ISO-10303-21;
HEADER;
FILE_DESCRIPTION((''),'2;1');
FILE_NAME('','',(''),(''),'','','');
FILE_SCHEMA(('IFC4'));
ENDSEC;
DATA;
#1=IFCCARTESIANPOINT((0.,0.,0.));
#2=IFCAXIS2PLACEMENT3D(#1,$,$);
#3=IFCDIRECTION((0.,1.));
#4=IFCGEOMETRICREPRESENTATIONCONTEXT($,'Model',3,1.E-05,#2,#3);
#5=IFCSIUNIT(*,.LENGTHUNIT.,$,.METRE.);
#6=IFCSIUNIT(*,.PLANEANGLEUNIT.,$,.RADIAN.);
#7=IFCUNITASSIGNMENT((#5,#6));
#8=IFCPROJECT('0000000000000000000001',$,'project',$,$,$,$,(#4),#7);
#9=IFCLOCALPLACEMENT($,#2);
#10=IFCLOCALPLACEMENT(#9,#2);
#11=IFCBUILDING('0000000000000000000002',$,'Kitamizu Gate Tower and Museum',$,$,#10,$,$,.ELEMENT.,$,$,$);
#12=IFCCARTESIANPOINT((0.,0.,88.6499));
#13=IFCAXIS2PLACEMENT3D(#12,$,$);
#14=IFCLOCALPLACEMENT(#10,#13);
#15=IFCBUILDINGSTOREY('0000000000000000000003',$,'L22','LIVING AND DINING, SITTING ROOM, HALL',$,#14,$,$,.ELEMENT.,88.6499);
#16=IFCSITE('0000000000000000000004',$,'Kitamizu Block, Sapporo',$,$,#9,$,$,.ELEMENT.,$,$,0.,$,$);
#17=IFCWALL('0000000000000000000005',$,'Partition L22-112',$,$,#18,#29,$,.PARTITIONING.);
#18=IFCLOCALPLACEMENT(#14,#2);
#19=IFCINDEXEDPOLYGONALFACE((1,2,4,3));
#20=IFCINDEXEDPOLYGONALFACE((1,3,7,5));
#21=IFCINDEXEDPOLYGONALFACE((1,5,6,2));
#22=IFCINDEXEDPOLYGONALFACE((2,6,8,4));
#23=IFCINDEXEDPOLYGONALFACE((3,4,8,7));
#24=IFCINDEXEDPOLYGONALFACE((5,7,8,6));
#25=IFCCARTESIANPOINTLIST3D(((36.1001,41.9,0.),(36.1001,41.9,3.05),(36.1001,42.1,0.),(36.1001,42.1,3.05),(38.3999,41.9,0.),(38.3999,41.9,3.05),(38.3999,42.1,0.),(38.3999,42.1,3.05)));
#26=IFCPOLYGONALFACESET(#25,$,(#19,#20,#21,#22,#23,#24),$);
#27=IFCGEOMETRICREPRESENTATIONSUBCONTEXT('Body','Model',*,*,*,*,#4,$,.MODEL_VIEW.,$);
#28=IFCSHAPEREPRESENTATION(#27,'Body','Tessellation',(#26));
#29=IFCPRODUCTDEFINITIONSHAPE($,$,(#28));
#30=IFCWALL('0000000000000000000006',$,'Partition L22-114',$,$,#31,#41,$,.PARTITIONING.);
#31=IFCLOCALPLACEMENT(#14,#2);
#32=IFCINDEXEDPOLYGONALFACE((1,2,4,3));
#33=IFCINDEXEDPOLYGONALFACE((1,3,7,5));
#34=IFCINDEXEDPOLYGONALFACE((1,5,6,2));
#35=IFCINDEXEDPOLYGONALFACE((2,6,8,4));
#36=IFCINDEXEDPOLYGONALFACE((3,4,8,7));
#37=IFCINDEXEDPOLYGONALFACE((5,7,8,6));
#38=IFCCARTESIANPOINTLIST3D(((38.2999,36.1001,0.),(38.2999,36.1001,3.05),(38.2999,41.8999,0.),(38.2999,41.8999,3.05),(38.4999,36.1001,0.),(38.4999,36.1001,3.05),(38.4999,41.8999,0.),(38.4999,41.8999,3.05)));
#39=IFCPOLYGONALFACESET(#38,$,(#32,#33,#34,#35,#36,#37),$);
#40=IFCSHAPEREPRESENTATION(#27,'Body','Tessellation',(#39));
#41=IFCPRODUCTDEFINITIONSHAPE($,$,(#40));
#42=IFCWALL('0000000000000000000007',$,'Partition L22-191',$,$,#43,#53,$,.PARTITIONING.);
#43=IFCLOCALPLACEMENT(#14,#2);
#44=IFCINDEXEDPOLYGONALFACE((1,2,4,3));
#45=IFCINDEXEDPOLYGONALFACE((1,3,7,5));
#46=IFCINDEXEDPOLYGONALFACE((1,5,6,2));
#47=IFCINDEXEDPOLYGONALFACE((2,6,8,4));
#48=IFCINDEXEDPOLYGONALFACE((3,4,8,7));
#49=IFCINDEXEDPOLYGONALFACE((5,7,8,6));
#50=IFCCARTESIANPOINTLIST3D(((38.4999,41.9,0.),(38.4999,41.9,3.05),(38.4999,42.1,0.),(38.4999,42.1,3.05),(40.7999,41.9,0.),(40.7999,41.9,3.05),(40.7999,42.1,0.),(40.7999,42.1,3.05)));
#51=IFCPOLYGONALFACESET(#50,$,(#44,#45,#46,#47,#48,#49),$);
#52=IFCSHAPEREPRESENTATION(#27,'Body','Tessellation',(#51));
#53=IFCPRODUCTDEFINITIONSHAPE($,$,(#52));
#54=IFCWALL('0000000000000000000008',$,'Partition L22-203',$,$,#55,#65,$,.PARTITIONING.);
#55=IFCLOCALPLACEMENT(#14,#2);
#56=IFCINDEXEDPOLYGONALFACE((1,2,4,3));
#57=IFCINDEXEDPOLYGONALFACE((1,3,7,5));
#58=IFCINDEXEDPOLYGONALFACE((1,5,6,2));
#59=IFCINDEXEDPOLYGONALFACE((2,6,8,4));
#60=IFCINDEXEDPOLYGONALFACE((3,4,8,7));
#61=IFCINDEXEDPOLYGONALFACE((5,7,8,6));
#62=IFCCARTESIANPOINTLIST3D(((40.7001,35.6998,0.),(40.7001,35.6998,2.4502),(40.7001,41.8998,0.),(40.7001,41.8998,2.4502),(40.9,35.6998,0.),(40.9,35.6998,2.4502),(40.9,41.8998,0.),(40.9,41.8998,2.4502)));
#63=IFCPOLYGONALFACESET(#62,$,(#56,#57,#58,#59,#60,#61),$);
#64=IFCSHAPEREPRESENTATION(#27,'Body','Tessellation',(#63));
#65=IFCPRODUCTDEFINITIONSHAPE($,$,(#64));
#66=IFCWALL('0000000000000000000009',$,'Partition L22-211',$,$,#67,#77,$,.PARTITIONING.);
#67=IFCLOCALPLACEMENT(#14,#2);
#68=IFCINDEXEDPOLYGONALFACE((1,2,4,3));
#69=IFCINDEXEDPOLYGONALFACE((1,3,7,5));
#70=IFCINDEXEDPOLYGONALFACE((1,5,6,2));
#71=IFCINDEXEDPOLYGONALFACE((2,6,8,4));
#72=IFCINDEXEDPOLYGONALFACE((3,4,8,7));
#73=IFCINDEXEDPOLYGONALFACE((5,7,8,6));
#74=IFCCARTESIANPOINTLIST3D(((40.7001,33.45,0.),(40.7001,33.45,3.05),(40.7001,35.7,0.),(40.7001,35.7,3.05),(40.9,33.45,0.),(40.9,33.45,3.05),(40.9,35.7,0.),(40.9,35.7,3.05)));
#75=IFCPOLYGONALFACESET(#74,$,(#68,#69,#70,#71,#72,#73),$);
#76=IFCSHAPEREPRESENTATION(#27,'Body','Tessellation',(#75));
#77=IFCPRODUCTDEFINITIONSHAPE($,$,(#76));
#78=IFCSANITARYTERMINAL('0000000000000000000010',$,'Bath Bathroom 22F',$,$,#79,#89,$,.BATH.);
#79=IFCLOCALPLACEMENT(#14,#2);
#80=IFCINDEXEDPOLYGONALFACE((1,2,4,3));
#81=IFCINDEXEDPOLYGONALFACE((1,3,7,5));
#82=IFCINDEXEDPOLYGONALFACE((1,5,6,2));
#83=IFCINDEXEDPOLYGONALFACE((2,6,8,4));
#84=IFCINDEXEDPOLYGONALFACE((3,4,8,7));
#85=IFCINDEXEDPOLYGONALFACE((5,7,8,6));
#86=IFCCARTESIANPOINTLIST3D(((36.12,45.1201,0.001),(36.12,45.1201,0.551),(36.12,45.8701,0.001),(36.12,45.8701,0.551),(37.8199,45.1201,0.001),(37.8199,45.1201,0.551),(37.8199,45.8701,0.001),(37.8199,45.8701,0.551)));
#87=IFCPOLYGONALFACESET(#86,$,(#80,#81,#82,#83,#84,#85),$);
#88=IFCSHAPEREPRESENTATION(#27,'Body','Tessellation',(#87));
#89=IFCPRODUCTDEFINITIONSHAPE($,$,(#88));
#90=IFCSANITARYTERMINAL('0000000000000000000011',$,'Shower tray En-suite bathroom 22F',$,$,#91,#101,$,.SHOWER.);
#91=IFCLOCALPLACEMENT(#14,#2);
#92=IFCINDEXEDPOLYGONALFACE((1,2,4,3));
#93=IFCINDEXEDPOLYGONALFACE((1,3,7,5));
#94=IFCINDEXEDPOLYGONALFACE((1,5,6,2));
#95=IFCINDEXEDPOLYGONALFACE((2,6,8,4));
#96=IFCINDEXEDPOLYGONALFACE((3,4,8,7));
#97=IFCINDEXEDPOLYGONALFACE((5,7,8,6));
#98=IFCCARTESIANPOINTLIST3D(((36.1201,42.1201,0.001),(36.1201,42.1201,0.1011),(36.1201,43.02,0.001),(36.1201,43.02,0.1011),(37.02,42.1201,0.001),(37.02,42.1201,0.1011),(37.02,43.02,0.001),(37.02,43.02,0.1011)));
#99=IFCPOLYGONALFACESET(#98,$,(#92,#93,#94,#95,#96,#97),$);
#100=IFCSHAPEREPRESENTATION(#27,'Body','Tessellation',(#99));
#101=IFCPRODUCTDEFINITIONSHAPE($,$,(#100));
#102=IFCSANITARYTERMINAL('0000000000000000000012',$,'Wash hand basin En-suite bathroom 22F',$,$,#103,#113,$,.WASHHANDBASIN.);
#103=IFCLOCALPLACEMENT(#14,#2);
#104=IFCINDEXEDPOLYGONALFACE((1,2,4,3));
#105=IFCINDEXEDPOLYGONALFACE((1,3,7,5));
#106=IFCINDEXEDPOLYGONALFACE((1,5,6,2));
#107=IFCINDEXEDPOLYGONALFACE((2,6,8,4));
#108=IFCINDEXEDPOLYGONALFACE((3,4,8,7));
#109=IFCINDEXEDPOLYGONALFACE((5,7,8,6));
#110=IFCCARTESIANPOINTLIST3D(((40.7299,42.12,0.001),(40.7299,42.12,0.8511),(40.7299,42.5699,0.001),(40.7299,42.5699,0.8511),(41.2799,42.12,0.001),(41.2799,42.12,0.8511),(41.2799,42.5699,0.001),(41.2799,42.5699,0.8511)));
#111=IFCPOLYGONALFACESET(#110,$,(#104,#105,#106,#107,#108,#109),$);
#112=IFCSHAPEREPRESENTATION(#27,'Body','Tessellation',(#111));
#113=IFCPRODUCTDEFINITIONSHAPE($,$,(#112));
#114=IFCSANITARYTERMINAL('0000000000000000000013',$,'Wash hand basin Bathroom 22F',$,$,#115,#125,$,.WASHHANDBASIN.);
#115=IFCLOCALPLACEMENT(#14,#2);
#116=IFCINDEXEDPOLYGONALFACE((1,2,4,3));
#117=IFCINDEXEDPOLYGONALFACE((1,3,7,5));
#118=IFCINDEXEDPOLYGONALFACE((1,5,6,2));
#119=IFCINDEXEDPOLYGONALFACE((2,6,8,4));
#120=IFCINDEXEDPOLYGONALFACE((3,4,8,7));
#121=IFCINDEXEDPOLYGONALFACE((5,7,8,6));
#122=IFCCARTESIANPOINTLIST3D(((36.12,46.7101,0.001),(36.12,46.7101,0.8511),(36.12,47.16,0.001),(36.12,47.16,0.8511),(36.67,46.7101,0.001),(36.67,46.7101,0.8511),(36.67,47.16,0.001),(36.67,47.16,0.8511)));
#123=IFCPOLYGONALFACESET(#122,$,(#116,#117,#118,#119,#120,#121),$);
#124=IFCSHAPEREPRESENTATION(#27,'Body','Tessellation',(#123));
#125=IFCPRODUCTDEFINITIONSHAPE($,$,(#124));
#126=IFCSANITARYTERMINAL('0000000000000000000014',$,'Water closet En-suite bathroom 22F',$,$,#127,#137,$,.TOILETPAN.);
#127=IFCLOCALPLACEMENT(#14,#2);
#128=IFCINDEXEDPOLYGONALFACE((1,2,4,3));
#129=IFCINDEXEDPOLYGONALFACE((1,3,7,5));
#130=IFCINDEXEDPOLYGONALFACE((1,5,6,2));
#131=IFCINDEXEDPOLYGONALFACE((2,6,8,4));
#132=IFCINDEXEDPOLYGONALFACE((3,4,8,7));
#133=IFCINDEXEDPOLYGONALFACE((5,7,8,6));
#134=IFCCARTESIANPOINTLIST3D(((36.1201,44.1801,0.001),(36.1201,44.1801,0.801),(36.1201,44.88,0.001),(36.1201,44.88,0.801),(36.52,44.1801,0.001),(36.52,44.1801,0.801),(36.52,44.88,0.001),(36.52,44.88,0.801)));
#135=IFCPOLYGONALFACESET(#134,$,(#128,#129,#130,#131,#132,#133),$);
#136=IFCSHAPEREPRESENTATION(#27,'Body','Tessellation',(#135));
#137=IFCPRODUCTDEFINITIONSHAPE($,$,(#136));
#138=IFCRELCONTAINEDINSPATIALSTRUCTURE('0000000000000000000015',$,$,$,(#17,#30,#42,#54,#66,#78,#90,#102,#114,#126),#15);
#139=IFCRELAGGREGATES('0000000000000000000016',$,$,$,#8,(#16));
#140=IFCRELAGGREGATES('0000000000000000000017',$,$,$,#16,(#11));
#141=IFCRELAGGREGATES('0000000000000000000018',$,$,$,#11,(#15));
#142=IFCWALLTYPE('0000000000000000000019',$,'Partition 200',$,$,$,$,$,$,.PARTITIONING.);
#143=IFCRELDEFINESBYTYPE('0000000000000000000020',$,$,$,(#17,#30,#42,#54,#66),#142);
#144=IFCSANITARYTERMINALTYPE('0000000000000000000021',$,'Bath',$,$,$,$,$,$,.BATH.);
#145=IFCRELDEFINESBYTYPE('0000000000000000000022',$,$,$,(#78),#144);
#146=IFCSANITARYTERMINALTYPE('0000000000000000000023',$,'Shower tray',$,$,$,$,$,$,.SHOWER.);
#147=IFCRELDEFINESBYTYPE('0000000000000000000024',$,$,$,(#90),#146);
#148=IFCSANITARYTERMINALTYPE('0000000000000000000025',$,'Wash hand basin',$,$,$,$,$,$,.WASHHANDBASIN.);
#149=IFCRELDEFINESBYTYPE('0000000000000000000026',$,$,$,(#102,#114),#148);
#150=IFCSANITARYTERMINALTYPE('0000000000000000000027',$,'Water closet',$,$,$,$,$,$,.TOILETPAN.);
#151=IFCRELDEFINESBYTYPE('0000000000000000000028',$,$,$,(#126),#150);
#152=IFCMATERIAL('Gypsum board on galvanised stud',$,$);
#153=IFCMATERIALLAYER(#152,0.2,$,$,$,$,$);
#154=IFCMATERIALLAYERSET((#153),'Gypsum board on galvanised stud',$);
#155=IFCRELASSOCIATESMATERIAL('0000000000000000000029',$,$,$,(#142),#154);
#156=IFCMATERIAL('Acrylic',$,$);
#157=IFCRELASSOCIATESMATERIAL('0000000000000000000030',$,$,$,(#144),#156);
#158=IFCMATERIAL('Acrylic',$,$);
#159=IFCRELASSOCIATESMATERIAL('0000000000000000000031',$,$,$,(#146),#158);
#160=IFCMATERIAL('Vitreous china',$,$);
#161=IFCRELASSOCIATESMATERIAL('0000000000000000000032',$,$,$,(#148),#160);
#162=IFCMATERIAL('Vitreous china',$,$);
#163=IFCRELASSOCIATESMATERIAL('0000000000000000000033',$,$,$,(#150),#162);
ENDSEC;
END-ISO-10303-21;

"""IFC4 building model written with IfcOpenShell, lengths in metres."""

from ifc_helpers import new_model, si_unit, direction, frame, frame_2d, origin, origin_2d, place, context, subcontext, project, spatial, rectangle, extrude, material, layer, layer_set, type_object, element, save


model = new_model("IFC4")

# Units and contexts
model_context = context("Model", 3, precision=1e-05, world=origin(), true_north=direction((0.0, 1.0)))
body_context = subcontext(model_context, "Body", "Model", "MODEL_VIEW")
ifc_project = project(units=[si_unit("LENGTHUNIT", "METRE"), si_unit("PLANEANGLEUNIT", "RADIAN")], contexts=[model_context])

# Site, building, storey
site_placement = place(None, origin())
site = spatial("IfcSite", under=ifc_project, at=site_placement, Name="Kitamizu Block, Sapporo", CompositionType="ELEMENT", RefElevation=0.0)
building_placement = place(site_placement, origin())
building = spatial("IfcBuilding", under=site, at=building_placement, Name="Kitamizu Gate Tower and Museum", CompositionType="ELEMENT")
storey_placement = place(building_placement, frame((0.0, 0.0, 88.6499)))
storey = spatial("IfcBuildingStorey", under=building, at=storey_placement, Name="L22", Description="LIVING AND DINING, SITTING ROOM, HALL", CompositionType="ELEMENT", Elevation=88.6499)

# Walls
ifc_material_1 = material(Name="Gypsum board on galvanised stud")
ifc_layer_1 = layer(ifc_material_1, 0.2)
ifc_layer_set_1 = layer_set([ifc_layer_1], Name="Gypsum board on galvanised stud")
wall_type_1 = type_object("IfcWallType", Name="Partition 200", PredefinedType="PARTITIONING", material=ifc_layer_set_1)
wall_1_placement = place(storey_placement, frame((38.3999, 42.0, 0.0), z_axis=(0.0, 0.0, 1.0), x_axis=(-1.0, 0.0, 0.0)))
element("IfcWall", 1, at=wall_1_placement, inside=storey, type_object=wall_type_1, Name="Partition L22-112", PredefinedType="PARTITIONING", context=body_context, shape_type="SweptSolid", body=[
    extrude(rectangle(XDim=2.2998, YDim=0.2, at=frame_2d((1.1499, 0.0))), origin(), (0.0, 0.0, 1.0), 3.05),
])
wall_2_placement = place(storey_placement, frame((38.3999, 36.1001, 0.0), z_axis=(0.0, 0.0, 1.0), x_axis=(0.0, 1.0, 0.0)))
element("IfcWall", 2, at=wall_2_placement, inside=storey, type_object=wall_type_1, Name="Partition L22-114", PredefinedType="PARTITIONING", context=body_context, shape_type="SweptSolid", body=[
    extrude(rectangle(XDim=5.7998, YDim=0.2, at=frame_2d((2.8999, 0.0))), origin(), (0.0, 0.0, 1.0), 3.05),
])
wall_3_placement = place(storey_placement, frame((38.5, 42.0, 0.0), z_axis=(0.0, 0.0, 1.0), x_axis=(1.0, 0.0, 0.0)))
element("IfcWall", 3, at=wall_3_placement, inside=storey, type_object=wall_type_1, Name="Partition L22-191", PredefinedType="PARTITIONING", context=body_context, shape_type="SweptSolid", body=[
    extrude(rectangle(XDim=2.3, YDim=0.2, at=frame_2d((1.1499, 0.0))), origin(), (0.0, 0.0, 1.0), 3.05),
])
wall_4_placement = place(storey_placement, frame((40.8, 41.8999, 0.0), z_axis=(0.0, 0.0, 1.0), x_axis=(0.0, -1.0, 0.0)))
element("IfcWall", 4, at=wall_4_placement, inside=storey, type_object=wall_type_1, Name="Partition L22-203", PredefinedType="PARTITIONING", context=body_context, shape_type="SweptSolid", body=[
    extrude(rectangle(XDim=6.2, YDim=0.2, at=frame_2d((3.1001, 0.0))), origin(), (0.0, 0.0, 1.0), 2.4502),
])
wall_5_placement = place(storey_placement, frame((40.8, 35.7, 0.0), z_axis=(0.0, 0.0, 1.0), x_axis=(0.0, -1.0, 0.0)))
element("IfcWall", 5, at=wall_5_placement, inside=storey, type_object=wall_type_1, Name="Partition L22-211", PredefinedType="PARTITIONING", context=body_context, shape_type="SweptSolid", body=[
    extrude(rectangle(XDim=2.25, YDim=0.2, at=frame_2d((1.125, 0.0))), origin(), (0.0, 0.0, 1.0), 3.05),
])

# Sanitary terminals
ifc_material_2 = material(Name="Acrylic")
sanitary_terminal_type_1 = type_object("IfcSanitaryTerminalType", Name="Bath", PredefinedType="BATH", material=ifc_material_2)
sanitary_terminal_1_placement = place(storey_placement, frame((36.97, 45.4951, 0.001), z_axis=(0.0, 0.0, 1.0), x_axis=(1.0, 0.0, 0.0)))
element("IfcSanitaryTerminal", 6, at=sanitary_terminal_1_placement, inside=storey, type_object=sanitary_terminal_type_1, Name="Bath Bathroom 22F", PredefinedType="BATH", context=body_context, shape_type="SweptSolid", body=[
    extrude(rectangle(XDim=1.7, YDim=0.75, at=origin_2d()), origin(), (0.0, 0.0, 1.0), 0.55),
])
ifc_material_3 = material(Name="Acrylic")
sanitary_terminal_type_2 = type_object("IfcSanitaryTerminalType", Name="Shower tray", PredefinedType="SHOWER", material=ifc_material_3)
sanitary_terminal_2_placement = place(storey_placement, frame((36.5701, 42.5701, 0.001), z_axis=(0.0, 0.0, 1.0), x_axis=(1.0, 0.0, 0.0)))
element("IfcSanitaryTerminal", 7, at=sanitary_terminal_2_placement, inside=storey, type_object=sanitary_terminal_type_2, Name="Shower tray En-suite bathroom 22F", PredefinedType="SHOWER", context=body_context, shape_type="SweptSolid", body=[
    extrude(rectangle(XDim=0.8999, YDim=0.8999, at=origin_2d()), origin(), (0.0, 0.0, 1.0), 0.1001),
])
ifc_material_4 = material(Name="Vitreous china")
sanitary_terminal_type_3 = type_object("IfcSanitaryTerminalType", Name="Wash hand basin", PredefinedType="WASHHANDBASIN", material=ifc_material_4)
for number, where, z_axis, x_axis, name in (
    (8, (41.0049, 42.345, 0.001), (0.0, 0.0, 1.0), (1.0, 0.0, 0.0), "Wash hand basin En-suite bathroom 22F"),
    (9, (36.395, 46.9351, 0.001), (0.0, 0.0, 1.0), (1.0, 0.0, 0.0), "Wash hand basin Bathroom 22F"),
):
    element("IfcSanitaryTerminal", number, at=place(storey_placement, frame(where, z_axis=z_axis, x_axis=x_axis)), inside=storey, type_object=sanitary_terminal_type_3, Name=name, PredefinedType="WASHHANDBASIN", context=body_context, shape_type="SweptSolid", body=[
        extrude(rectangle(XDim=0.55, YDim=0.45, at=origin_2d()), origin(), (0.0, 0.0, 1.0), 0.8501),
    ])
ifc_material_5 = material(Name="Vitreous china")
sanitary_terminal_type_4 = type_object("IfcSanitaryTerminalType", Name="Water closet", PredefinedType="TOILETPAN", material=ifc_material_5)
sanitary_terminal_3_placement = place(storey_placement, frame((36.3201, 44.53, 0.001), z_axis=(0.0, 0.0, 1.0), x_axis=(1.0, 0.0, 0.0)))
element("IfcSanitaryTerminal", 10, at=sanitary_terminal_3_placement, inside=storey, type_object=sanitary_terminal_type_4, Name="Water closet En-suite bathroom 22F", PredefinedType="TOILETPAN", context=body_context, shape_type="SweptSolid", body=[
    extrude(rectangle(XDim=0.3999, YDim=0.7, at=origin_2d()), origin(), (0.0, 0.0, 1.0), 0.8),
])

save(model, "model.ifc")
